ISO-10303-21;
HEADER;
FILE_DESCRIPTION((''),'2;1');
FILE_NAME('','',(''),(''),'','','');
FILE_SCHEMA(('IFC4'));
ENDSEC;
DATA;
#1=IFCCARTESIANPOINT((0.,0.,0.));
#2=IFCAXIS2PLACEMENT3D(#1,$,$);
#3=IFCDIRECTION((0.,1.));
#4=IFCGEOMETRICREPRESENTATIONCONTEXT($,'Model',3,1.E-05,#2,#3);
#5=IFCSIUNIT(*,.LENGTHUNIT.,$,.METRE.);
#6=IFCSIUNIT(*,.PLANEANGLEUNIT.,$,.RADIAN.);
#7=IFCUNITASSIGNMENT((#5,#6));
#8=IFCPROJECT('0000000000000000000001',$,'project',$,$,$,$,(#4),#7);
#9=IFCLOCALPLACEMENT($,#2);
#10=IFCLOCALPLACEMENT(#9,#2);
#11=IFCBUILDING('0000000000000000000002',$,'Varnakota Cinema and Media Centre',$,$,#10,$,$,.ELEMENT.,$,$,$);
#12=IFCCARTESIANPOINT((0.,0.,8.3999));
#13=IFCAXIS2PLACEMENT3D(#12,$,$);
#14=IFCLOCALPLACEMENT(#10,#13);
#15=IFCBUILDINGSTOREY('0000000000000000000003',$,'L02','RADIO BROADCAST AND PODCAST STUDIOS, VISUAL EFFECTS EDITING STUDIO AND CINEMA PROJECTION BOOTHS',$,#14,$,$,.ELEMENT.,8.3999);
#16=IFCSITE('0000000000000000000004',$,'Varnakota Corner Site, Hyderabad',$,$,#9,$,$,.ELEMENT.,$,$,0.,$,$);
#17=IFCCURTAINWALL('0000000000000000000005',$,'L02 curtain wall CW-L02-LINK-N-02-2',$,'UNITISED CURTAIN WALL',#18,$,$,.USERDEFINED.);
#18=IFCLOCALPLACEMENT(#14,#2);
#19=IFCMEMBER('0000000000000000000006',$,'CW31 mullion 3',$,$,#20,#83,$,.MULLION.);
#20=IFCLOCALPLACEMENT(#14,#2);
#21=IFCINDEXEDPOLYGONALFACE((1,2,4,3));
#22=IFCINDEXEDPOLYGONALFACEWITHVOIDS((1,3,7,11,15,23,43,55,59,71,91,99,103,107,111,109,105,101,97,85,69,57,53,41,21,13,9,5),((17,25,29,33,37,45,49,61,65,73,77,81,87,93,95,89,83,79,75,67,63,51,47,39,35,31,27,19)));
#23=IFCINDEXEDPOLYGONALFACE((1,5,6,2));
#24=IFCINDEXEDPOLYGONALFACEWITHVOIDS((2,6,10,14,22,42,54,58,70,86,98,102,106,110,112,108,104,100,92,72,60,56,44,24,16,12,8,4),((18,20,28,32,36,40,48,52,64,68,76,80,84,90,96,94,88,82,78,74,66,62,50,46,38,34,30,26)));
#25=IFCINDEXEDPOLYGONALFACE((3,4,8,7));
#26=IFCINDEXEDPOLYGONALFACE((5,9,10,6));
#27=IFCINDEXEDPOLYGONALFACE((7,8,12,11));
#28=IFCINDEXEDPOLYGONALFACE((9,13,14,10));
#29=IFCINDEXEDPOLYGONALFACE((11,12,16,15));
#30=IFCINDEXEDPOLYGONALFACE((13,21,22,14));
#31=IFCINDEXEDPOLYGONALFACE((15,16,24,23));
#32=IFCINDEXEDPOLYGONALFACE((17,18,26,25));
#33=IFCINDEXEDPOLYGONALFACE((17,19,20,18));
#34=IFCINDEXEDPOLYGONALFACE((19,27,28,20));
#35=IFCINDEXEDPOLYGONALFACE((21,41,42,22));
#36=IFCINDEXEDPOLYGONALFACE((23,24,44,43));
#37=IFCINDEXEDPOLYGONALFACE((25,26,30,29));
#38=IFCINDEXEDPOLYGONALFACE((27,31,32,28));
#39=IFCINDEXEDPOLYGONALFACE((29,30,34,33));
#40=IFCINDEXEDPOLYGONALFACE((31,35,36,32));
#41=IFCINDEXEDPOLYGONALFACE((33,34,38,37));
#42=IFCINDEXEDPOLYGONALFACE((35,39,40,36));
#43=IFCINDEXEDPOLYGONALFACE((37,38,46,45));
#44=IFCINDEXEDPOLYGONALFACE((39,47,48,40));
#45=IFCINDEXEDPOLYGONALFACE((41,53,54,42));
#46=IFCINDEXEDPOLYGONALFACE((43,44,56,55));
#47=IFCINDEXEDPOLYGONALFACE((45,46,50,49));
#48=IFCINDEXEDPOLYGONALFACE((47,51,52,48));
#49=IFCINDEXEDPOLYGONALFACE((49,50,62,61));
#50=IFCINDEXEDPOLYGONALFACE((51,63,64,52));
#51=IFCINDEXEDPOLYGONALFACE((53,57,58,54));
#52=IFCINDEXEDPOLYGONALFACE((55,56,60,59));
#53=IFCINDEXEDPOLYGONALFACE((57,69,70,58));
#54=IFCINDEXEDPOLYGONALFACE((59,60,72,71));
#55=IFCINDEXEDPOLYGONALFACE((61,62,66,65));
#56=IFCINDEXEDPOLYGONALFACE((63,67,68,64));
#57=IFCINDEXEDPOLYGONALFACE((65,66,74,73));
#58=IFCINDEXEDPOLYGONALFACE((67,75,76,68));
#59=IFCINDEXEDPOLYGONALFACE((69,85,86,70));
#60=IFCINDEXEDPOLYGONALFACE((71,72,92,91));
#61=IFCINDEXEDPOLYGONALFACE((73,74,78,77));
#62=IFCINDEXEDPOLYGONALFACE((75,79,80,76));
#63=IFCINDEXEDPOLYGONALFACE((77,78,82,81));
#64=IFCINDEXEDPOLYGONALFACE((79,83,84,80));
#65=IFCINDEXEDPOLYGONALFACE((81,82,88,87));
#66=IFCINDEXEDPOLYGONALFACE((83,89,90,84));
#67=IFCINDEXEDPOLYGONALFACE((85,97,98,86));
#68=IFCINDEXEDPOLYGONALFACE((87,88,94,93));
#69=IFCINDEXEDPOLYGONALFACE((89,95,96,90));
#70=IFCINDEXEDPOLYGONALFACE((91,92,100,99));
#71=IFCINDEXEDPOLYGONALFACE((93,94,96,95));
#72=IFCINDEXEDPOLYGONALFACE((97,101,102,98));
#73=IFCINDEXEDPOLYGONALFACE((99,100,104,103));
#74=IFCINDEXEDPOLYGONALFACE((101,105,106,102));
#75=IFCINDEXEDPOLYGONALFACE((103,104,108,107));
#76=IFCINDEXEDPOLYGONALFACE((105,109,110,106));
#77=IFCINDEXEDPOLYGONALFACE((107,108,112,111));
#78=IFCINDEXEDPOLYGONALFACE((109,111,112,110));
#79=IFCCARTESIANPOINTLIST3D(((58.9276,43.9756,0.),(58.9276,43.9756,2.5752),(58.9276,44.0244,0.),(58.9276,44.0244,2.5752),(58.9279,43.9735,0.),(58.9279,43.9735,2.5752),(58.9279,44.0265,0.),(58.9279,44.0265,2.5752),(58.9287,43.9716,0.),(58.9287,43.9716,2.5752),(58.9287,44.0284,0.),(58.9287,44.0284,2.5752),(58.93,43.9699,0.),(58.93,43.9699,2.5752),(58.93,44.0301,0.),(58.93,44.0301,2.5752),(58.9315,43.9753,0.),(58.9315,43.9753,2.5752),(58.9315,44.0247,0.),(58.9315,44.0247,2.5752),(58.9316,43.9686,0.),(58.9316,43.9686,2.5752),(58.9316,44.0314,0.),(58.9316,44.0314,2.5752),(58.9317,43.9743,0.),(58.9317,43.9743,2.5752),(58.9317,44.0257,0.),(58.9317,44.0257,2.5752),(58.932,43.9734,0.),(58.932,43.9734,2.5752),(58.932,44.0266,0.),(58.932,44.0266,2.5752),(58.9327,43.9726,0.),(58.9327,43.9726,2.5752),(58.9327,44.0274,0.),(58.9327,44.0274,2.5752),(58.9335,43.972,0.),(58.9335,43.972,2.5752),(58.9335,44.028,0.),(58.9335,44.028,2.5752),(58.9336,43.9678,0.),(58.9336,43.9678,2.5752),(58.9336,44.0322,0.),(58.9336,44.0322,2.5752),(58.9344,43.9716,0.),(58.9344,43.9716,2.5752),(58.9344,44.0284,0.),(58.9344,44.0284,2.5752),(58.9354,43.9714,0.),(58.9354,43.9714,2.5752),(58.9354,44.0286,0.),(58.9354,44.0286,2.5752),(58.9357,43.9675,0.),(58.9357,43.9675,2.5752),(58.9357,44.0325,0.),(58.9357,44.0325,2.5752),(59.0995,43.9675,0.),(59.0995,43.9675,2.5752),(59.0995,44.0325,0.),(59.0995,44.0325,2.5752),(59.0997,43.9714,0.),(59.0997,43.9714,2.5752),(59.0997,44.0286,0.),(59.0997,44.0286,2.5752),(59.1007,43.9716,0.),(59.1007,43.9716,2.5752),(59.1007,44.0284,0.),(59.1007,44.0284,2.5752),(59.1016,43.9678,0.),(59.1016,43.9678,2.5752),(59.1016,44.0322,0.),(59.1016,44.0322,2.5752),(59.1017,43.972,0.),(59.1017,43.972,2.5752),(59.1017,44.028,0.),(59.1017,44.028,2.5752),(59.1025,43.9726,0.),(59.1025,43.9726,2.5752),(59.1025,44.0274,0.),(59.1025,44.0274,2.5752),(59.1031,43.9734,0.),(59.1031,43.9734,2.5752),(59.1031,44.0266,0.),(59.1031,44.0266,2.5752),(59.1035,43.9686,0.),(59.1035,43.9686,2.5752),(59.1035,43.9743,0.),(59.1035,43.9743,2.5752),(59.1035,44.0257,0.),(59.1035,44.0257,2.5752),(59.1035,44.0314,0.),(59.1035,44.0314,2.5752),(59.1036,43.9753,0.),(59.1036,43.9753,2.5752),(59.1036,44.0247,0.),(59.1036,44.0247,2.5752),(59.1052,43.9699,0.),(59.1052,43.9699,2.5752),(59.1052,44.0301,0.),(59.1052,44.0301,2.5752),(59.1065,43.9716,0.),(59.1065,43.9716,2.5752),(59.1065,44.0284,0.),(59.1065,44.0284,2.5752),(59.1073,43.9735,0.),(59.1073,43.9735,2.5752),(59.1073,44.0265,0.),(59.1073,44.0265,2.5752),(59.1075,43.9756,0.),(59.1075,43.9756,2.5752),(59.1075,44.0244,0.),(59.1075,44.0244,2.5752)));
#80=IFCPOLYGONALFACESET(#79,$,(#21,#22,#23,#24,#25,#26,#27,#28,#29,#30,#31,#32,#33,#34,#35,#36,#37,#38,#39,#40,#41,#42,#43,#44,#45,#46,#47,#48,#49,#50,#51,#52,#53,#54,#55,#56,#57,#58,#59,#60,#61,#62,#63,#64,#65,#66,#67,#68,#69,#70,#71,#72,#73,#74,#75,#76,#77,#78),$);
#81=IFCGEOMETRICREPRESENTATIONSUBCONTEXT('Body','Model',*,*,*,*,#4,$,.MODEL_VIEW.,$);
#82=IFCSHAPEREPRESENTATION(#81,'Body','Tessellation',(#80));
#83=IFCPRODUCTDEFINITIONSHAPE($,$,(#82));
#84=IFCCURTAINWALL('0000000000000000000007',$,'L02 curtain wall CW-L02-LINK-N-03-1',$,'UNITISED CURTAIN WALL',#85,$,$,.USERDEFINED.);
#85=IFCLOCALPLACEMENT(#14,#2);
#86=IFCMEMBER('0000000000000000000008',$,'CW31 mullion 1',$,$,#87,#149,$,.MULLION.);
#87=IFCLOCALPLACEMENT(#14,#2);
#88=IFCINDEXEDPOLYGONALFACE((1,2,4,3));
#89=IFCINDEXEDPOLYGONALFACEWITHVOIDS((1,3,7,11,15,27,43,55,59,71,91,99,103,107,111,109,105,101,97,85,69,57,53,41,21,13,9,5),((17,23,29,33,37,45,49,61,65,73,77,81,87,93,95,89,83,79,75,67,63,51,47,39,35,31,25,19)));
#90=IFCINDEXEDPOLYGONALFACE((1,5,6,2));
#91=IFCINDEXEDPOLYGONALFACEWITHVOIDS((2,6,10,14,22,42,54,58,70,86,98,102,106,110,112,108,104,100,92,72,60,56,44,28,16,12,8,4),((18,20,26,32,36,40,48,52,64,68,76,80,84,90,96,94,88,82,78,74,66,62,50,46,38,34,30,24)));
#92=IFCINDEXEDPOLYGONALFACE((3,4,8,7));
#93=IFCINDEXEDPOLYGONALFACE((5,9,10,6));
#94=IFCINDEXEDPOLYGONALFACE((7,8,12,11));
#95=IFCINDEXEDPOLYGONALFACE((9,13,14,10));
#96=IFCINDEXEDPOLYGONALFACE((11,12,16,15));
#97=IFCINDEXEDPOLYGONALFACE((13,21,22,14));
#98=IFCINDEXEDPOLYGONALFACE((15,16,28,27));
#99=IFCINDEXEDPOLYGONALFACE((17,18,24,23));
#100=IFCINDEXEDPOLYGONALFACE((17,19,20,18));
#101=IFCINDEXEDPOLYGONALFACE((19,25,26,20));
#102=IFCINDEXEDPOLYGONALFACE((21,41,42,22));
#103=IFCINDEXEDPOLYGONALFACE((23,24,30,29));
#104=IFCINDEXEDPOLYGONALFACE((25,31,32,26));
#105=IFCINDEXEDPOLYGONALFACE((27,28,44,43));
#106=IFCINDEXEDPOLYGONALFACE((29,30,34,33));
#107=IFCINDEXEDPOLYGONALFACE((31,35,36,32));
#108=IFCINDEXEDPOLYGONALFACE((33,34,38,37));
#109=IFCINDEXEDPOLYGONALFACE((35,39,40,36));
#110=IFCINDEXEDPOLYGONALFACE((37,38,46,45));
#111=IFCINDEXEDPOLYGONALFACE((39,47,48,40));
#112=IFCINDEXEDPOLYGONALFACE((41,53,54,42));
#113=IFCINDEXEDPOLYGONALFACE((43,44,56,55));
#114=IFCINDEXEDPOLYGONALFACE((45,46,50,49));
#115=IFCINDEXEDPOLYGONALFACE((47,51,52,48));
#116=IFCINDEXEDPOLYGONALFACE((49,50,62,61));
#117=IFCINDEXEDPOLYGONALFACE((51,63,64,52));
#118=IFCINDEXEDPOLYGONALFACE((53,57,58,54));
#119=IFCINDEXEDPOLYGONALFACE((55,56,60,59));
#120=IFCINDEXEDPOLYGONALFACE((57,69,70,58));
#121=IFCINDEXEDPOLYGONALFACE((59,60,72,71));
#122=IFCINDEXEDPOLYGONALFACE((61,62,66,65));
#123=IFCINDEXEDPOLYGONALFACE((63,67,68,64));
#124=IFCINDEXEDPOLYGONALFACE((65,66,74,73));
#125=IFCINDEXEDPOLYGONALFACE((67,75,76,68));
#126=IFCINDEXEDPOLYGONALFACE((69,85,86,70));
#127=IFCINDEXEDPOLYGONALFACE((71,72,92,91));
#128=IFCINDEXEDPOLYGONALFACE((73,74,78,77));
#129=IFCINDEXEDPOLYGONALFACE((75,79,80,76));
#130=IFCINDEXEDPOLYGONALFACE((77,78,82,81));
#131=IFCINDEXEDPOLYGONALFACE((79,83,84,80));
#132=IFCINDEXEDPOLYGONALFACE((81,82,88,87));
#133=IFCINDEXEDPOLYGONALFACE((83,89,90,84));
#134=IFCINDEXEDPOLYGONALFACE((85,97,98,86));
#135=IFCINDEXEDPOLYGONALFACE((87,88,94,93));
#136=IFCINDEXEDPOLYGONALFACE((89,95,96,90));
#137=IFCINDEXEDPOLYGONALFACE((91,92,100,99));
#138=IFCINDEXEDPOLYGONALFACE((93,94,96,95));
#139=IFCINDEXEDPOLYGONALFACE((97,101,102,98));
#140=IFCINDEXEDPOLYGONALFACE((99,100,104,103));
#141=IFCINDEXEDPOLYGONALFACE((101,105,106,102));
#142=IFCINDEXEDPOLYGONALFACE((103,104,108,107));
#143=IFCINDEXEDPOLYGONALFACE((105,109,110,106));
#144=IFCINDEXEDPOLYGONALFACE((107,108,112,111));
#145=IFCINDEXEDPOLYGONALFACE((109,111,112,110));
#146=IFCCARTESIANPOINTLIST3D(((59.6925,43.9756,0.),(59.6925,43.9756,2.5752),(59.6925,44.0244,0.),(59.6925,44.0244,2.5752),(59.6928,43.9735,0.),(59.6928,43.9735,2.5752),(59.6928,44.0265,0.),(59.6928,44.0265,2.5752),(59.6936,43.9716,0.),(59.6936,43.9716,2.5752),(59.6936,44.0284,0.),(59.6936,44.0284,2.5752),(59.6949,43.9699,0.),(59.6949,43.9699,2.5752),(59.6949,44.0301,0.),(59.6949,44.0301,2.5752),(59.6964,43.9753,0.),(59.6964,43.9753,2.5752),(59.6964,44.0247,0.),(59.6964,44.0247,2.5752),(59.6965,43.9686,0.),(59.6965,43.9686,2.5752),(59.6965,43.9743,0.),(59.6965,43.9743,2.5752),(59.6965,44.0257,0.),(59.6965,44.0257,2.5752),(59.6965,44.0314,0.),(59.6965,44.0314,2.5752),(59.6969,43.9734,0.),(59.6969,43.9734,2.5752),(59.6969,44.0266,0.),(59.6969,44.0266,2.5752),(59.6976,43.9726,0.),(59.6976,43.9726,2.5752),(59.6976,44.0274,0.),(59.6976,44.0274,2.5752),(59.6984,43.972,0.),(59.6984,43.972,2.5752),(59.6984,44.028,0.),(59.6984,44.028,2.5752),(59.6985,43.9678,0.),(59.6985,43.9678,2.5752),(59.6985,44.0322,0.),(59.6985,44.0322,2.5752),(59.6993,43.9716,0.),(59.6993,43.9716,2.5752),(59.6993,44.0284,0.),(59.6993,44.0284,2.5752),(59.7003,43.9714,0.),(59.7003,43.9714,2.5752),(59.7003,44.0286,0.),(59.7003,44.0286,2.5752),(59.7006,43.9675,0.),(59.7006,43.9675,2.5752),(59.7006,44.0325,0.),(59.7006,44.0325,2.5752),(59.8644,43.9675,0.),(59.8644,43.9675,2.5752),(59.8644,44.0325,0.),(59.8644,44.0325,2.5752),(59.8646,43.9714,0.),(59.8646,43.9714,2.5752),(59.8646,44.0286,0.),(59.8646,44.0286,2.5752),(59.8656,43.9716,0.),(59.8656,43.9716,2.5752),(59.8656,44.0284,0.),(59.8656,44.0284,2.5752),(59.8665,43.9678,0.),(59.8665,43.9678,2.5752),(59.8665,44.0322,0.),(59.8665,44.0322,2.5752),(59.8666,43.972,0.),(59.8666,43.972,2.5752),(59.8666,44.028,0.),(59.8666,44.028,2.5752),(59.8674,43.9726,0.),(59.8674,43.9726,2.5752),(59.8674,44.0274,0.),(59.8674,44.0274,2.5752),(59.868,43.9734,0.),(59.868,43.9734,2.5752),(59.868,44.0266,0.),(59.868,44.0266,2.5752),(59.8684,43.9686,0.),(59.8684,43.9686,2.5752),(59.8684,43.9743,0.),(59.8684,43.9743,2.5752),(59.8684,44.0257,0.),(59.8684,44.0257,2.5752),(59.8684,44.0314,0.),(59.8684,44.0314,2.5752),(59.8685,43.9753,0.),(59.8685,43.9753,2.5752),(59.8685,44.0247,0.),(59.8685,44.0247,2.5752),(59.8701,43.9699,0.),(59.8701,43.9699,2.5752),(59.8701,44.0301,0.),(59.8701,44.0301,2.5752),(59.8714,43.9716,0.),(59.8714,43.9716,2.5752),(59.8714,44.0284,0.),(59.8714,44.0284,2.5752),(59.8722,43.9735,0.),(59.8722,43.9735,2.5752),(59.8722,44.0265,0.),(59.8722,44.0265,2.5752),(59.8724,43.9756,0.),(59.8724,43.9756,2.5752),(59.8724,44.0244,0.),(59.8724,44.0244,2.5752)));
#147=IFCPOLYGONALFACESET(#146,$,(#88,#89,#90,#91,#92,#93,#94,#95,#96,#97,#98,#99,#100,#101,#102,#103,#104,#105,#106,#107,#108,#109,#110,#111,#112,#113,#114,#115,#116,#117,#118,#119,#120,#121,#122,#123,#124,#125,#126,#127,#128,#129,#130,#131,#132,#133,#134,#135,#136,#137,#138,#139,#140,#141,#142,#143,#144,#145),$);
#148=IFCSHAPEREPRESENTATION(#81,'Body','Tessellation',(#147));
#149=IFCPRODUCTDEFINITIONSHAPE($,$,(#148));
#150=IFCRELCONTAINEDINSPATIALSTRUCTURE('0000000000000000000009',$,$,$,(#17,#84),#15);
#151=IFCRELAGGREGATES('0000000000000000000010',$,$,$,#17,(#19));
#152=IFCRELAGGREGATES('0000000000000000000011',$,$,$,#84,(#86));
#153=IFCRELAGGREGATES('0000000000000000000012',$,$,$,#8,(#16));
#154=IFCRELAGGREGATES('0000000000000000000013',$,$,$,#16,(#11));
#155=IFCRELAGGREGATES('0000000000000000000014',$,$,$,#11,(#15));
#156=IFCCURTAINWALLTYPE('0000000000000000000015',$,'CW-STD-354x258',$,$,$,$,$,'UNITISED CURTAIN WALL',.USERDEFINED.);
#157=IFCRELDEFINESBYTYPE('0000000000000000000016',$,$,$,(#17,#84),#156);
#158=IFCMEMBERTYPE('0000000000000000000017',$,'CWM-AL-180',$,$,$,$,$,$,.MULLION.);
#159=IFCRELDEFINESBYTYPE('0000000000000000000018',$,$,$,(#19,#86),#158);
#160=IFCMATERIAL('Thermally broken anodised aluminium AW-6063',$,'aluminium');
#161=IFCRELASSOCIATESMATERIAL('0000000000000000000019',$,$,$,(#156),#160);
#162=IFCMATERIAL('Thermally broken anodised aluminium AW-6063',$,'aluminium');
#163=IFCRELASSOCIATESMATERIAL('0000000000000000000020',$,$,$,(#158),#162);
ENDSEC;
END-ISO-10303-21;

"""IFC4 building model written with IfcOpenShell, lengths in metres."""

from ifc_helpers import new_model, si_unit, direction, frame, origin, origin_2d, place, context, subcontext, project, spatial, hollow_rectangle, extrude, material, material_profile, profile_set, type_object, element, aggregate, save


model = new_model("IFC4")

# Units and contexts
model_context = context("Model", 3, precision=1e-05, world=origin(), true_north=direction((0.0, 1.0)))
body_context = subcontext(model_context, "Body", "Model", "MODEL_VIEW")
ifc_project = project(units=[si_unit("LENGTHUNIT", "METRE"), si_unit("PLANEANGLEUNIT", "RADIAN")], contexts=[model_context])

# Site, building, storey
site_placement = place(None, origin())
site = spatial("IfcSite", under=ifc_project, at=site_placement, Name="Varnakota Corner Site, Hyderabad", CompositionType="ELEMENT", RefElevation=0.0)
building_placement = place(site_placement, origin())
building = spatial("IfcBuilding", under=site, at=building_placement, Name="Varnakota Cinema and Media Centre", CompositionType="ELEMENT")
storey_placement = place(building_placement, frame((0.0, 0.0, 8.3999)))
storey = spatial("IfcBuildingStorey", under=building, at=storey_placement, Name="L02", Description="RADIO BROADCAST AND PODCAST STUDIOS, VISUAL EFFECTS EDITING STUDIO AND CINEMA PROJECTION BOOTHS", CompositionType="ELEMENT", Elevation=8.3999)

# Curtain walls, members
ifc_material_1 = material(Name="Thermally broken anodised aluminium AW-6063", Category="aluminium")
curtain_wall_type = type_object("IfcCurtainWallType", Name="CW-STD-354x258", ElementType="UNITISED CURTAIN WALL", PredefinedType="USERDEFINED", material=ifc_material_1)
curtain_wall_1_placement = place(storey_placement, origin())
curtain_wall_1 = element("IfcCurtainWall", 1, at=curtain_wall_1_placement, inside=storey, type_object=curtain_wall_type, Name="L02 curtain wall CW-L02-LINK-N-02-2", ObjectType="UNITISED CURTAIN WALL", PredefinedType="USERDEFINED")
ifc_material_2 = material(Name="Thermally broken anodised aluminium AW-6063", Category="aluminium")
ifc_material_profile_1 = material_profile(ifc_material_2, hollow_rectangle(XDim=0.0649, YDim=0.1799, WallThickness=0.0039, InnerFilletRadius=0.0039, OuterFilletRadius=0.0081, at=origin_2d()), Name="AL-MULLION 180x65x4")
ifc_profile_set_1 = profile_set([ifc_material_profile_1], Name="Thermally broken anodised aluminium AW-6063")
member_type_1 = type_object("IfcMemberType", Name="CWM-AL-180", PredefinedType="MULLION", material=ifc_profile_set_1)
member_1_placement = place(storey_placement, frame((59.0176, 44.0, 0.0), z_axis=(0.0, 0.0, 1.0), x_axis=(0.0, 1.0, 0.0)))
member_1 = element("IfcMember", 2, at=member_1_placement, type_object=member_type_1, Name="CW31 mullion 3", PredefinedType="MULLION", context=body_context, shape_type="SweptSolid", body=[
    extrude(hollow_rectangle(XDim=0.0649, YDim=0.1799, WallThickness=0.0039, InnerFilletRadius=0.0039, OuterFilletRadius=0.0081, at=origin_2d()), origin(), (0.0, 0.0, 1.0), 2.5752),
])
curtain_wall_2_placement = place(storey_placement, origin())
curtain_wall_2 = element("IfcCurtainWall", 3, at=curtain_wall_2_placement, inside=storey, type_object=curtain_wall_type, Name="L02 curtain wall CW-L02-LINK-N-03-1", ObjectType="UNITISED CURTAIN WALL", PredefinedType="USERDEFINED")
member_2_placement = place(storey_placement, frame((59.7825, 44.0, 0.0), z_axis=(0.0, 0.0, 1.0), x_axis=(0.0, 1.0, 0.0)))
member_2 = element("IfcMember", 4, at=member_2_placement, type_object=member_type_1, Name="CW31 mullion 1", PredefinedType="MULLION", context=body_context, shape_type="SweptSolid", body=[
    extrude(hollow_rectangle(XDim=0.0649, YDim=0.1799, WallThickness=0.0039, InnerFilletRadius=0.0039, OuterFilletRadius=0.0081, at=origin_2d()), origin(), (0.0, 0.0, 1.0), 2.5752),
])

aggregate(curtain_wall_1, [member_1])
aggregate(curtain_wall_2, [member_2])

save(model, "model.ifc")
